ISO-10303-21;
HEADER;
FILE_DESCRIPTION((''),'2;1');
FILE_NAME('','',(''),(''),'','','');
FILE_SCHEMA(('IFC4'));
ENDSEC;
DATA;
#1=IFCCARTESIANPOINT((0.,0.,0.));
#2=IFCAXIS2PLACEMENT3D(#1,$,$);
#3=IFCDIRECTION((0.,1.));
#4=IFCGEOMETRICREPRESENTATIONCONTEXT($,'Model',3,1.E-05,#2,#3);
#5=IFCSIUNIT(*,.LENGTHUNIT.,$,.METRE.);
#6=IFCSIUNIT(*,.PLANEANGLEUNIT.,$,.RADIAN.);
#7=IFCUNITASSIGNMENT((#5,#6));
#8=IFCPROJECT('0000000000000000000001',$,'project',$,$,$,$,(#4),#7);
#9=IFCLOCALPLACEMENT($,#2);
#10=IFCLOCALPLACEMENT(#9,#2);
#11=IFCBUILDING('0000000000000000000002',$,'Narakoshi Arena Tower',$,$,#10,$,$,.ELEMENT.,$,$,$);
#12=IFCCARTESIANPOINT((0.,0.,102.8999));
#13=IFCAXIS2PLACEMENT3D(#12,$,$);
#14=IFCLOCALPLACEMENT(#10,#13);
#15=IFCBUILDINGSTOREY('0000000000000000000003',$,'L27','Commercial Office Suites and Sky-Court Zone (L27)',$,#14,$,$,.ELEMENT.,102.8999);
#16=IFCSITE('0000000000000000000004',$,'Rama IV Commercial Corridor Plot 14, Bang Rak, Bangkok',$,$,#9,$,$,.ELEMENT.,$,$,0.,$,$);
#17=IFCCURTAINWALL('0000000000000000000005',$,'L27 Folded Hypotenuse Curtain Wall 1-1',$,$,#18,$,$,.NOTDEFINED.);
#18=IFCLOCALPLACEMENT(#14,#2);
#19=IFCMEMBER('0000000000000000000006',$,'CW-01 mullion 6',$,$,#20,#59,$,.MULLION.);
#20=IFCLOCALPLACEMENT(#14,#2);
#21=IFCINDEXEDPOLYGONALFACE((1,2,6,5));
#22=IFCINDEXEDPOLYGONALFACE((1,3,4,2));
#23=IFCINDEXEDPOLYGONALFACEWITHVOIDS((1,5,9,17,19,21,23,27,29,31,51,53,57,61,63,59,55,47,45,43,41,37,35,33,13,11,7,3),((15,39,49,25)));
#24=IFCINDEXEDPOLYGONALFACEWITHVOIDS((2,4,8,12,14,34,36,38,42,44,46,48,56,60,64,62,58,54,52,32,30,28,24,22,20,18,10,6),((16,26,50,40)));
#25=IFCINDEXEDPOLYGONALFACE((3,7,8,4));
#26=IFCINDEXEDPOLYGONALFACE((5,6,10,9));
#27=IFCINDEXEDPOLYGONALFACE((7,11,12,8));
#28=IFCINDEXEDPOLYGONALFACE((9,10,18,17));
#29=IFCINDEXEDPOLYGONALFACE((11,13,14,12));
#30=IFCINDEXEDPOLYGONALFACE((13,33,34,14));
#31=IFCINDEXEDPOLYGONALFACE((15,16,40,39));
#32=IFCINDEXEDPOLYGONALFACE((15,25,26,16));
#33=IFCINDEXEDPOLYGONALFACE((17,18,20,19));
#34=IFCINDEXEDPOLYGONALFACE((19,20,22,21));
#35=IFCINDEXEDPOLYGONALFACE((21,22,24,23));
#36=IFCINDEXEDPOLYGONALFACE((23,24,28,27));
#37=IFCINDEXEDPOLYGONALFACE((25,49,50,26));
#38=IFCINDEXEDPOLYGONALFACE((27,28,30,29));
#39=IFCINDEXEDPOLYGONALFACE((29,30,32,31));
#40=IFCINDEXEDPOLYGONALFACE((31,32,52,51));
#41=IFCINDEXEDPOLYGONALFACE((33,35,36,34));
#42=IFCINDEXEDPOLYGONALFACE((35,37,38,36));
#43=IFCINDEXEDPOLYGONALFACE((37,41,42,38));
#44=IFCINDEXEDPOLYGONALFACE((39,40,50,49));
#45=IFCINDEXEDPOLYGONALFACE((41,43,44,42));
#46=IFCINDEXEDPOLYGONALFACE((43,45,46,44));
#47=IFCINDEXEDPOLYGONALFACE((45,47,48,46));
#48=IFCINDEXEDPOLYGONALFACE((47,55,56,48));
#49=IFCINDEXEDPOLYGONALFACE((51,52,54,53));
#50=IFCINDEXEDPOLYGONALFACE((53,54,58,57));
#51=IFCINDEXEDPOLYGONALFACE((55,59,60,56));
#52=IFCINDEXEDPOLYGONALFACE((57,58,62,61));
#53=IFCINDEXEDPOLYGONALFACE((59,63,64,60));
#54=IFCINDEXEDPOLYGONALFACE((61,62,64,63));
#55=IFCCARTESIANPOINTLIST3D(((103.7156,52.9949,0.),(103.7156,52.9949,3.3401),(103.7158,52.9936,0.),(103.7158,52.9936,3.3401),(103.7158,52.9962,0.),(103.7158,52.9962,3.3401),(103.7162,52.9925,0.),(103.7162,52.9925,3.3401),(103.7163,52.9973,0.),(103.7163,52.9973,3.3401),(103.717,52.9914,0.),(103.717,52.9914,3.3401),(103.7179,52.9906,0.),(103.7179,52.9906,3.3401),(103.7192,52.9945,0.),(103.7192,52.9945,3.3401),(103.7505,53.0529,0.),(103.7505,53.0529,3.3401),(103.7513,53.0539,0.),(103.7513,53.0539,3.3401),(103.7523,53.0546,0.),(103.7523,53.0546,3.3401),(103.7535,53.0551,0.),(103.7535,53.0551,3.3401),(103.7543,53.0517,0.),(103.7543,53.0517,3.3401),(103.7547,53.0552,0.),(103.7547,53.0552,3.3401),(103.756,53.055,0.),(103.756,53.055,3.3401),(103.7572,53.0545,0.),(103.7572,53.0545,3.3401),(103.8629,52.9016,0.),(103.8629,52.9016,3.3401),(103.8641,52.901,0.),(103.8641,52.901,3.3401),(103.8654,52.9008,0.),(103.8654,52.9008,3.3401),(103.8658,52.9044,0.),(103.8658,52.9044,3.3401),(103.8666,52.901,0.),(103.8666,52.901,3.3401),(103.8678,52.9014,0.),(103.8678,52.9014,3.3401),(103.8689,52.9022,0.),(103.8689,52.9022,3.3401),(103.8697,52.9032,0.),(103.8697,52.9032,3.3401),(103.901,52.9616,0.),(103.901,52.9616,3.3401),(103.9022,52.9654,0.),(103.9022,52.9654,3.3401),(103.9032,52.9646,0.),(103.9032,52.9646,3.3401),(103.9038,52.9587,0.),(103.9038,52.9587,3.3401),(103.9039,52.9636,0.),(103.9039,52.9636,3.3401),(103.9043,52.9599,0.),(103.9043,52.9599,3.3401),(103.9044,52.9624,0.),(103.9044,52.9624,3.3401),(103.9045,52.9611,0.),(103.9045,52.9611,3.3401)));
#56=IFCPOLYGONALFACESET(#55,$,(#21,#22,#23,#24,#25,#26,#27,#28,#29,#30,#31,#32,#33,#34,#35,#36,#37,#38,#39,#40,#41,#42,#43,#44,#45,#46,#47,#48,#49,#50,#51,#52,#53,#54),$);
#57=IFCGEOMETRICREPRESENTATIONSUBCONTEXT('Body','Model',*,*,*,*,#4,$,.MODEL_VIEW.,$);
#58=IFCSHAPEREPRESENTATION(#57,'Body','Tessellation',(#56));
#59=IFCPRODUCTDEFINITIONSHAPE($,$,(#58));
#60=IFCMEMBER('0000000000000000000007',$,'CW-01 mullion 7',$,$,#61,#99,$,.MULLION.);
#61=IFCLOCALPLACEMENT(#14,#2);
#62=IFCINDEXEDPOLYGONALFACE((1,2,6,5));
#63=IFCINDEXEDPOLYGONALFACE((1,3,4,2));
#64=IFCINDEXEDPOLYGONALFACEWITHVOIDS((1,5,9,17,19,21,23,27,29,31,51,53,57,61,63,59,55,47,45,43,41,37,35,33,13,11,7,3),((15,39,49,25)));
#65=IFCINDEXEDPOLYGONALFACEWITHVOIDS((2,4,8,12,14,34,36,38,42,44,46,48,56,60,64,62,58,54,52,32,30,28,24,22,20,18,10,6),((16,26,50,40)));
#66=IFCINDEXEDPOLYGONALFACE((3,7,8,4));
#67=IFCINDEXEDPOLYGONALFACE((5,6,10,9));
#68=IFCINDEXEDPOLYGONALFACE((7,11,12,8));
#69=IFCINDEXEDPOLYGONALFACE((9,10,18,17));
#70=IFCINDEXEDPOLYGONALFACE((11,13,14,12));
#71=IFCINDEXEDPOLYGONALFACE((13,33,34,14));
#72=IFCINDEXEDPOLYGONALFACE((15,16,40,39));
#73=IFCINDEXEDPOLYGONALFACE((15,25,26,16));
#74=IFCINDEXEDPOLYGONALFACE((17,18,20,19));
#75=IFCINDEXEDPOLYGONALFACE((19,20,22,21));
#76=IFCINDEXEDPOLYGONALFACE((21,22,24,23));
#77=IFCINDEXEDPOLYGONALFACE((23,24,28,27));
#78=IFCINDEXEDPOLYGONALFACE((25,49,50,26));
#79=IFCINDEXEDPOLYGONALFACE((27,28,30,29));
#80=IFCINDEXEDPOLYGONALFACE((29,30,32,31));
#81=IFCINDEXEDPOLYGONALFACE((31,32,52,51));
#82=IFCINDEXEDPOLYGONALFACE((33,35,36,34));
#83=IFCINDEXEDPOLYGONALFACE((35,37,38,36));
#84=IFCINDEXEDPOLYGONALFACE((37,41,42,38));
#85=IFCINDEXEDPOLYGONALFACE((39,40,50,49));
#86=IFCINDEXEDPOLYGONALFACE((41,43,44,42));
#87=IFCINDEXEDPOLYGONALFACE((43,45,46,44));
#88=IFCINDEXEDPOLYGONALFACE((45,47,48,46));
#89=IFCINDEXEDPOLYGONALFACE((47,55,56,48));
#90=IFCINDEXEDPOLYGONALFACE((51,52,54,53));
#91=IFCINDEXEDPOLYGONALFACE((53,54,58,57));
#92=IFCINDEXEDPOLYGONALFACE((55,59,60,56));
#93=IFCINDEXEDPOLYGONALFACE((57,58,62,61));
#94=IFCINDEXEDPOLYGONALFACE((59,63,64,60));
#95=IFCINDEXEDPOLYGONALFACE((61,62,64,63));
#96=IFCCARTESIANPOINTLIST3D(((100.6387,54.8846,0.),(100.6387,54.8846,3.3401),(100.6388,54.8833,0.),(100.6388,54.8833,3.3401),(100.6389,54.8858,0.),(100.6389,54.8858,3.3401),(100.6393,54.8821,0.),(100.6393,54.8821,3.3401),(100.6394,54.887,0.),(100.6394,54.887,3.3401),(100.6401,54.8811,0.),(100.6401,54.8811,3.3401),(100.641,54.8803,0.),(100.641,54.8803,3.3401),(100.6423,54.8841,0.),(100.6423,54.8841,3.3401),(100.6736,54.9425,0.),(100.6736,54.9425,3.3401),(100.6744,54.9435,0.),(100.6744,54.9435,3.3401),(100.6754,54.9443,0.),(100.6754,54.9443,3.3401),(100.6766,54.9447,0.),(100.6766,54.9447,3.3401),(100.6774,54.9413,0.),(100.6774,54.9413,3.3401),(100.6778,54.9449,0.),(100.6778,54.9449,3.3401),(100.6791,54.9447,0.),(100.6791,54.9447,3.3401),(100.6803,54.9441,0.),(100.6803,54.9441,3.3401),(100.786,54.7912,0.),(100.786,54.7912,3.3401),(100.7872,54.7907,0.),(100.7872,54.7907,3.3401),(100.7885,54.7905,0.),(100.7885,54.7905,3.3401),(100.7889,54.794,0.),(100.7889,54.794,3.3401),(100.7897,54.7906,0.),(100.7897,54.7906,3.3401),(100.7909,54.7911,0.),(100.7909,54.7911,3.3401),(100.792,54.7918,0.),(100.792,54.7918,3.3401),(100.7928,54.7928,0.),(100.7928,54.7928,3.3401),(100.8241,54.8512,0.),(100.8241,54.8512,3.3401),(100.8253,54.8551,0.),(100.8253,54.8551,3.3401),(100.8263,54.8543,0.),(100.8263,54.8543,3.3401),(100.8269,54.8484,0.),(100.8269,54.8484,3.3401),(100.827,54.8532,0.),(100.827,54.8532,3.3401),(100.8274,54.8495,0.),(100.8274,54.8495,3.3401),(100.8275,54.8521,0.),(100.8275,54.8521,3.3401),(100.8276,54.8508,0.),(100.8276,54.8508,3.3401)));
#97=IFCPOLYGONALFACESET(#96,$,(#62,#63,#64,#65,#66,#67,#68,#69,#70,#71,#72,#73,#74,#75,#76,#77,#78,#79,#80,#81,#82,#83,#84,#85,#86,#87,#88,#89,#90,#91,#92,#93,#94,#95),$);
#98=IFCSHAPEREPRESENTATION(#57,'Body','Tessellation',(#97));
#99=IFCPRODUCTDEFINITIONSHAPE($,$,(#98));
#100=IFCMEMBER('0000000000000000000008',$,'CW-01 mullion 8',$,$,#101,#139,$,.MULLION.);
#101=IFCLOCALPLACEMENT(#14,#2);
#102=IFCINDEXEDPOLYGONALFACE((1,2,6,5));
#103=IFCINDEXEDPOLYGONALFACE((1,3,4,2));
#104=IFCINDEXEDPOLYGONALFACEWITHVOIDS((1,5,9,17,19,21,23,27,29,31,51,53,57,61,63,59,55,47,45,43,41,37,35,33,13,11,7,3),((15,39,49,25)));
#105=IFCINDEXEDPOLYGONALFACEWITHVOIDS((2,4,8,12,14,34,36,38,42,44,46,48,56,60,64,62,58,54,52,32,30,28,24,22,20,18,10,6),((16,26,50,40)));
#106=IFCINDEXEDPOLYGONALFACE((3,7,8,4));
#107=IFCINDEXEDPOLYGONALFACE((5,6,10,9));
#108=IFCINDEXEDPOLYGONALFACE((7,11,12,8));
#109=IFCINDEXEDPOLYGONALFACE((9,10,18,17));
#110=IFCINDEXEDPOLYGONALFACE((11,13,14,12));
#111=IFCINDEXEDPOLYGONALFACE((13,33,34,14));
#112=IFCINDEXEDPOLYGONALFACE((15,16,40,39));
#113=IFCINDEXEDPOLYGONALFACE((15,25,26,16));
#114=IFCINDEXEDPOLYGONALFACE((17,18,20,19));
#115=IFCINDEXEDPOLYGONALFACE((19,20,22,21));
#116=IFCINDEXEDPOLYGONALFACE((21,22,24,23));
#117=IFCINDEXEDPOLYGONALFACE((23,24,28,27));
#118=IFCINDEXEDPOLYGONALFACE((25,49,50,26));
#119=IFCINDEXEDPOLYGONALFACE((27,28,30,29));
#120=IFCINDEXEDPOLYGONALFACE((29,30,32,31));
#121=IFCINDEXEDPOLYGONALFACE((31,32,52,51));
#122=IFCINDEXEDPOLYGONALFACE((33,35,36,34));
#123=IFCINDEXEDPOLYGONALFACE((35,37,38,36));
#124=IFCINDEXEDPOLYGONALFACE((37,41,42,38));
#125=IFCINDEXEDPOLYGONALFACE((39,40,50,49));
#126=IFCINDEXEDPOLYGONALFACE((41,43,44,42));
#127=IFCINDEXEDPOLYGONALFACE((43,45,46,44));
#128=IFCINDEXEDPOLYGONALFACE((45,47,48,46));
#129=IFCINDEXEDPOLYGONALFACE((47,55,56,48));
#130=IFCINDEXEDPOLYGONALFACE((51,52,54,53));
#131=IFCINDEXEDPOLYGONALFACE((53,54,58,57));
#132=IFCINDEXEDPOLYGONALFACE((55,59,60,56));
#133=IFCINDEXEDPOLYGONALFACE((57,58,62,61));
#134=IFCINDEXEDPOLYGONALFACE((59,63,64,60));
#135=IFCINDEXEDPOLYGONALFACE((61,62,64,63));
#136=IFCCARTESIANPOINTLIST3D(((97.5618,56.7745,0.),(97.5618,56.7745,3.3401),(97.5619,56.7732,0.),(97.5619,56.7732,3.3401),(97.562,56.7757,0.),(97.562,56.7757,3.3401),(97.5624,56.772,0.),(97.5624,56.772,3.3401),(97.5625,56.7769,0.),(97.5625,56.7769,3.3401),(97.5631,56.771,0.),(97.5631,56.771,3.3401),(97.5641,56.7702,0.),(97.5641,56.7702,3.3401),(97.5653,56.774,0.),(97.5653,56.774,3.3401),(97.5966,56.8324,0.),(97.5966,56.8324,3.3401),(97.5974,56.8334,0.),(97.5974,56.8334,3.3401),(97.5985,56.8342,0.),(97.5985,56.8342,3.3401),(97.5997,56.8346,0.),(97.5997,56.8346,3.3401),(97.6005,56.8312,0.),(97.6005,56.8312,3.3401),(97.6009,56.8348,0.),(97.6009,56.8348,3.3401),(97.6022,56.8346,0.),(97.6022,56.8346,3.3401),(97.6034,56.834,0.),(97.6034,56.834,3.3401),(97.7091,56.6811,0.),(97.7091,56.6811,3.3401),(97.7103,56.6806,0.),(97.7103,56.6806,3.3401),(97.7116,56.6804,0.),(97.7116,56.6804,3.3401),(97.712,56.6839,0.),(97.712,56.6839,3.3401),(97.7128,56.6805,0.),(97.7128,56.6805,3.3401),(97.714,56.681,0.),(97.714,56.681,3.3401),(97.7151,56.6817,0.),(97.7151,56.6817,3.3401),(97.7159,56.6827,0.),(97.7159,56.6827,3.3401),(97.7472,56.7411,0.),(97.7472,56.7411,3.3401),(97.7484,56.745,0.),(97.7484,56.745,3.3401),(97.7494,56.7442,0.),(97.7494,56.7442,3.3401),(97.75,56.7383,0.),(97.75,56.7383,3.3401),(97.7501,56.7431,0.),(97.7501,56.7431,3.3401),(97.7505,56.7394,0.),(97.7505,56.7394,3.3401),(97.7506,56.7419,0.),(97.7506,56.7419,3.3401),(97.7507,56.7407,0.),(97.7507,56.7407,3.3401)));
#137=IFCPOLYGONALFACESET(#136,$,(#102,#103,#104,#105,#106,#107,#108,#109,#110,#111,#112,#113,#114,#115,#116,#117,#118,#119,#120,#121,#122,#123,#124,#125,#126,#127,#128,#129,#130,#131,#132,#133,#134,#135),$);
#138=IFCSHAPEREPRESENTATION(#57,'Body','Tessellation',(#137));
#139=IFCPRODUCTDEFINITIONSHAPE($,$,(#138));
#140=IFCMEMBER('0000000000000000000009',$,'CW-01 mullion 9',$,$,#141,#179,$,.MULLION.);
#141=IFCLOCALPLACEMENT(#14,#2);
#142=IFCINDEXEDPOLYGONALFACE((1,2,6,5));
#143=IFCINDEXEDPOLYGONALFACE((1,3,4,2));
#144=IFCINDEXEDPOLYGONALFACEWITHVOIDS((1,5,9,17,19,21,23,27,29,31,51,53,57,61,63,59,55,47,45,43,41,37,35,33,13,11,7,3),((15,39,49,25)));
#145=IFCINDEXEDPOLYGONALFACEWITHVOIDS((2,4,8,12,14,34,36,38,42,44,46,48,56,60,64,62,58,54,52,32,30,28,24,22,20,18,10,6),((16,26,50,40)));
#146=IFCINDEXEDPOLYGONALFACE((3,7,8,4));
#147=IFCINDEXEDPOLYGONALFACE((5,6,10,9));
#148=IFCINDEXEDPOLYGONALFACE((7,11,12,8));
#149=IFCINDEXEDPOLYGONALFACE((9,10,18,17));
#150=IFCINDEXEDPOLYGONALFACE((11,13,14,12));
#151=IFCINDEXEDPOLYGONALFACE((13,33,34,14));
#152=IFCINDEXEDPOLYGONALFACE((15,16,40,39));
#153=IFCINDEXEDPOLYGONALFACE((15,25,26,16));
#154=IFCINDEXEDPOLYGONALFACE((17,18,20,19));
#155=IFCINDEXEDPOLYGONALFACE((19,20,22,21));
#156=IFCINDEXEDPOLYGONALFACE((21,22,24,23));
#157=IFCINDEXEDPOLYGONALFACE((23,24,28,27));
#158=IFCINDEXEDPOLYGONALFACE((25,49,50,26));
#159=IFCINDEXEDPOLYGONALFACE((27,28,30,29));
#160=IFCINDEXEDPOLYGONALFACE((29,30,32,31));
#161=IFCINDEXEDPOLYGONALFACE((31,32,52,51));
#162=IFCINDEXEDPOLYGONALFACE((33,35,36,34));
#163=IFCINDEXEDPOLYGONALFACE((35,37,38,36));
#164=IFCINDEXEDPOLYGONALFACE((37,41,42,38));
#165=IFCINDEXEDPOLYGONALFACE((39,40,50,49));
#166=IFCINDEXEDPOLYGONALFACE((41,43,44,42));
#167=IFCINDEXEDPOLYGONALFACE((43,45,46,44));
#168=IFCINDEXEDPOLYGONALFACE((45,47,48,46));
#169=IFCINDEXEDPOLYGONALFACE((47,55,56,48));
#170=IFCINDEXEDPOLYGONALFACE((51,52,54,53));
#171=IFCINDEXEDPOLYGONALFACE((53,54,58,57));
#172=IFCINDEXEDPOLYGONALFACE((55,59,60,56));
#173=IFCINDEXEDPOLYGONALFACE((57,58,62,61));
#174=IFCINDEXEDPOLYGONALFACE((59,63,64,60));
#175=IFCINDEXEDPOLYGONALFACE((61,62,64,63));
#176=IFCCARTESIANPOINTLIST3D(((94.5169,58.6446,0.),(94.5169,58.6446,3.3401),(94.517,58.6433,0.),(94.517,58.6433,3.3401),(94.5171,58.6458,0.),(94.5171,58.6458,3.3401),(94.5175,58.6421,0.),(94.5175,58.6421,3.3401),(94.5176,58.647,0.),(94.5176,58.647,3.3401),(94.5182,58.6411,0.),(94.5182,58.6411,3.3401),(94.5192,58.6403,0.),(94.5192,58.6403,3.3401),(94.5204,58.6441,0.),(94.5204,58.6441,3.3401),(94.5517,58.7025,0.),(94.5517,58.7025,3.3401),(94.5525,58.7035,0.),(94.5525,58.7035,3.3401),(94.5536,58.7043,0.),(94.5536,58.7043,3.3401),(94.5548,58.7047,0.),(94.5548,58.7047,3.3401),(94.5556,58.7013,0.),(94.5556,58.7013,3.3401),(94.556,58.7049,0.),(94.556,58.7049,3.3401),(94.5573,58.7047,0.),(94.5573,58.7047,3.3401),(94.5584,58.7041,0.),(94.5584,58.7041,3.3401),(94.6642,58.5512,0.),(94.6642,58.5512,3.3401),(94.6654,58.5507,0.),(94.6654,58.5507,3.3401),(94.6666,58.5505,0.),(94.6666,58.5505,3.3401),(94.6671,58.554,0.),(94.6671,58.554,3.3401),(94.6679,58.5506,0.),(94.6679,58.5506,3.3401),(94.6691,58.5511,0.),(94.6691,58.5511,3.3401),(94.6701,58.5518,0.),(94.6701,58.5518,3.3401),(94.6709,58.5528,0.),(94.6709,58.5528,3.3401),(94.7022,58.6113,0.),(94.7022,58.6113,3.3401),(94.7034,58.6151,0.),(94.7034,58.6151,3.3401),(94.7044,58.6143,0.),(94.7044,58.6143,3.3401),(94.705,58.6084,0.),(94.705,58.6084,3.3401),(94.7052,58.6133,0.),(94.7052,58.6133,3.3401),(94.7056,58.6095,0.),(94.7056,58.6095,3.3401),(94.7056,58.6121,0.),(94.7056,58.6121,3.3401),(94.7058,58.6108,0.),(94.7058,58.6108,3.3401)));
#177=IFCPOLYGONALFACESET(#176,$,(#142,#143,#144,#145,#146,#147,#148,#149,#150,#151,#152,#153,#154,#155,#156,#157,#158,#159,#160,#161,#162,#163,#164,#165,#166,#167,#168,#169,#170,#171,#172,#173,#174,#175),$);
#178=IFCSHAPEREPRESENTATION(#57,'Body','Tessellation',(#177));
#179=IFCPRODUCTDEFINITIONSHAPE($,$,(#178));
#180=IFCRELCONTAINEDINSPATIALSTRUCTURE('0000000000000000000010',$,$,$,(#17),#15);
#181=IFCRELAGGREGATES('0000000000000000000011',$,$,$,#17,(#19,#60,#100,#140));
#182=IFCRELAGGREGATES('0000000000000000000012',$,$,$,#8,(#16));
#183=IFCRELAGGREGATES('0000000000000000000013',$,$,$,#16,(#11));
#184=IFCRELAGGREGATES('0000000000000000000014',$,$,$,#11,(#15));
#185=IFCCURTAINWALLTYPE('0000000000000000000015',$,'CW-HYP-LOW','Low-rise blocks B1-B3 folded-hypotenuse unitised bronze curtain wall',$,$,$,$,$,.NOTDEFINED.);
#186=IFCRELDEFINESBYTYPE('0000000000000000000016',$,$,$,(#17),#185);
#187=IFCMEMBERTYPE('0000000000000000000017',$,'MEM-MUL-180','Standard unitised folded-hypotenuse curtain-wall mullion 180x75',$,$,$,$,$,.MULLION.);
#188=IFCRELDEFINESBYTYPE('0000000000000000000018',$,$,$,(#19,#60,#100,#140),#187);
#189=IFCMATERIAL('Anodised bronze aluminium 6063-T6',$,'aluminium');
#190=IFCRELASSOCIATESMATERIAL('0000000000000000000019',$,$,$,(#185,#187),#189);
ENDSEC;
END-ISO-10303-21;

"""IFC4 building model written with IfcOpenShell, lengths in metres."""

from ifc_helpers import new_model, si_unit, direction, frame, origin, origin_2d, place, context, subcontext, project, spatial, hollow_rectangle, extrude, material, material_profile, profile_set, type_object, element, aggregate, save


model = new_model("IFC4")

# Units and contexts
model_context = context("Model", 3, precision=1e-05, world=origin(), true_north=direction((0.0, 1.0)))
body_context = subcontext(model_context, "Body", "Model", "MODEL_VIEW")
ifc_project = project(units=[si_unit("LENGTHUNIT", "METRE"), si_unit("PLANEANGLEUNIT", "RADIAN")], contexts=[model_context])

# Site, building, storey
site_placement = place(None, origin())
site = spatial("IfcSite", under=ifc_project, at=site_placement, Name="Rama IV Commercial Corridor Plot 14, Bang Rak, Bangkok", CompositionType="ELEMENT", RefElevation=0.0)
building_placement = place(site_placement, origin())
building = spatial("IfcBuilding", under=site, at=building_placement, Name="Narakoshi Arena Tower", CompositionType="ELEMENT")
storey_placement = place(building_placement, frame((0.0, 0.0, 102.8999)))
storey = spatial("IfcBuildingStorey", under=building, at=storey_placement, Name="L27", Description="Commercial Office Suites and Sky-Court Zone (L27)", CompositionType="ELEMENT", Elevation=102.8999)

# Curtain wall, members
ifc_material_1 = material(Name="Anodised bronze aluminium 6063-T6", Category="aluminium")
curtain_wall_type = type_object("IfcCurtainWallType", Name="CW-HYP-LOW", Description="Low-rise blocks B1-B3 folded-hypotenuse unitised bronze curtain wall", PredefinedType="NOTDEFINED", material=ifc_material_1)
curtain_wall_placement = place(storey_placement, origin())
curtain_wall = element("IfcCurtainWall", 1, at=curtain_wall_placement, inside=storey, type_object=curtain_wall_type, Name="L27 Folded Hypotenuse Curtain Wall 1-1", PredefinedType="NOTDEFINED")
ifc_material_profile_1 = material_profile(ifc_material_1, hollow_rectangle(XDim=0.075, YDim=0.1799, WallThickness=0.0039, OuterFilletRadius=0.0049, at=origin_2d()), Name="MUL180x75x4")
ifc_profile_set_1 = profile_set([ifc_material_profile_1], Name="Anodised bronze aluminium 6063-T6")
member_type_1 = type_object("IfcMemberType", Name="MEM-MUL-180", Description="Standard unitised folded-hypotenuse curtain-wall mullion 180x75", PredefinedType="MULLION", material=ifc_profile_set_1)
member_1_placement = place(storey_placement, frame((103.8101, 52.978, 0.0), z_axis=(0.0, 0.0, 1.0), x_axis=(-0.523358, -0.852113, 0.0)))
member_1 = element("IfcMember", 2, at=member_1_placement, type_object=member_type_1, Name="CW-01 mullion 6", PredefinedType="MULLION", context=body_context, shape_type="SweptSolid", body=[
    extrude(hollow_rectangle(XDim=0.075, YDim=0.1799, WallThickness=0.0039, OuterFilletRadius=0.0049, at=origin_2d()), origin(), (0.0, 0.0, 1.0), 3.3401),
])
member_2_placement = place(storey_placement, frame((100.7332, 54.8677, 0.0), z_axis=(0.0, 0.0, 1.0), x_axis=(-0.523358, -0.852113, 0.0)))
member_2 = element("IfcMember", 3, at=member_2_placement, type_object=member_type_1, Name="CW-01 mullion 7", PredefinedType="MULLION", context=body_context, shape_type="SweptSolid", body=[
    extrude(hollow_rectangle(XDim=0.075, YDim=0.1799, WallThickness=0.0039, OuterFilletRadius=0.0049, at=origin_2d()), origin(), (0.0, 0.0, 1.0), 3.3401),
])
member_3_placement = place(storey_placement, frame((97.6562, 56.7576, 0.0), z_axis=(0.0, 0.0, 1.0), x_axis=(-0.523358, -0.852113, 0.0)))
member_3 = element("IfcMember", 4, at=member_3_placement, type_object=member_type_1, Name="CW-01 mullion 8", PredefinedType="MULLION", context=body_context, shape_type="SweptSolid", body=[
    extrude(hollow_rectangle(XDim=0.075, YDim=0.1799, WallThickness=0.0039, OuterFilletRadius=0.0049, at=origin_2d()), origin(), (0.0, 0.0, 1.0), 3.3401),
])
member_4_placement = place(storey_placement, frame((94.6113, 58.6277, 0.0), z_axis=(0.0, 0.0, 1.0), x_axis=(-0.523358, -0.852113, 0.0)))
member_4 = element("IfcMember", 5, at=member_4_placement, type_object=member_type_1, Name="CW-01 mullion 9", PredefinedType="MULLION", context=body_context, shape_type="SweptSolid", body=[
    extrude(hollow_rectangle(XDim=0.075, YDim=0.1799, WallThickness=0.0039, OuterFilletRadius=0.0049, at=origin_2d()), origin(), (0.0, 0.0, 1.0), 3.3401),
])
aggregate(curtain_wall, [member_1, member_2, member_3, member_4])

save(model, "model.ifc")
